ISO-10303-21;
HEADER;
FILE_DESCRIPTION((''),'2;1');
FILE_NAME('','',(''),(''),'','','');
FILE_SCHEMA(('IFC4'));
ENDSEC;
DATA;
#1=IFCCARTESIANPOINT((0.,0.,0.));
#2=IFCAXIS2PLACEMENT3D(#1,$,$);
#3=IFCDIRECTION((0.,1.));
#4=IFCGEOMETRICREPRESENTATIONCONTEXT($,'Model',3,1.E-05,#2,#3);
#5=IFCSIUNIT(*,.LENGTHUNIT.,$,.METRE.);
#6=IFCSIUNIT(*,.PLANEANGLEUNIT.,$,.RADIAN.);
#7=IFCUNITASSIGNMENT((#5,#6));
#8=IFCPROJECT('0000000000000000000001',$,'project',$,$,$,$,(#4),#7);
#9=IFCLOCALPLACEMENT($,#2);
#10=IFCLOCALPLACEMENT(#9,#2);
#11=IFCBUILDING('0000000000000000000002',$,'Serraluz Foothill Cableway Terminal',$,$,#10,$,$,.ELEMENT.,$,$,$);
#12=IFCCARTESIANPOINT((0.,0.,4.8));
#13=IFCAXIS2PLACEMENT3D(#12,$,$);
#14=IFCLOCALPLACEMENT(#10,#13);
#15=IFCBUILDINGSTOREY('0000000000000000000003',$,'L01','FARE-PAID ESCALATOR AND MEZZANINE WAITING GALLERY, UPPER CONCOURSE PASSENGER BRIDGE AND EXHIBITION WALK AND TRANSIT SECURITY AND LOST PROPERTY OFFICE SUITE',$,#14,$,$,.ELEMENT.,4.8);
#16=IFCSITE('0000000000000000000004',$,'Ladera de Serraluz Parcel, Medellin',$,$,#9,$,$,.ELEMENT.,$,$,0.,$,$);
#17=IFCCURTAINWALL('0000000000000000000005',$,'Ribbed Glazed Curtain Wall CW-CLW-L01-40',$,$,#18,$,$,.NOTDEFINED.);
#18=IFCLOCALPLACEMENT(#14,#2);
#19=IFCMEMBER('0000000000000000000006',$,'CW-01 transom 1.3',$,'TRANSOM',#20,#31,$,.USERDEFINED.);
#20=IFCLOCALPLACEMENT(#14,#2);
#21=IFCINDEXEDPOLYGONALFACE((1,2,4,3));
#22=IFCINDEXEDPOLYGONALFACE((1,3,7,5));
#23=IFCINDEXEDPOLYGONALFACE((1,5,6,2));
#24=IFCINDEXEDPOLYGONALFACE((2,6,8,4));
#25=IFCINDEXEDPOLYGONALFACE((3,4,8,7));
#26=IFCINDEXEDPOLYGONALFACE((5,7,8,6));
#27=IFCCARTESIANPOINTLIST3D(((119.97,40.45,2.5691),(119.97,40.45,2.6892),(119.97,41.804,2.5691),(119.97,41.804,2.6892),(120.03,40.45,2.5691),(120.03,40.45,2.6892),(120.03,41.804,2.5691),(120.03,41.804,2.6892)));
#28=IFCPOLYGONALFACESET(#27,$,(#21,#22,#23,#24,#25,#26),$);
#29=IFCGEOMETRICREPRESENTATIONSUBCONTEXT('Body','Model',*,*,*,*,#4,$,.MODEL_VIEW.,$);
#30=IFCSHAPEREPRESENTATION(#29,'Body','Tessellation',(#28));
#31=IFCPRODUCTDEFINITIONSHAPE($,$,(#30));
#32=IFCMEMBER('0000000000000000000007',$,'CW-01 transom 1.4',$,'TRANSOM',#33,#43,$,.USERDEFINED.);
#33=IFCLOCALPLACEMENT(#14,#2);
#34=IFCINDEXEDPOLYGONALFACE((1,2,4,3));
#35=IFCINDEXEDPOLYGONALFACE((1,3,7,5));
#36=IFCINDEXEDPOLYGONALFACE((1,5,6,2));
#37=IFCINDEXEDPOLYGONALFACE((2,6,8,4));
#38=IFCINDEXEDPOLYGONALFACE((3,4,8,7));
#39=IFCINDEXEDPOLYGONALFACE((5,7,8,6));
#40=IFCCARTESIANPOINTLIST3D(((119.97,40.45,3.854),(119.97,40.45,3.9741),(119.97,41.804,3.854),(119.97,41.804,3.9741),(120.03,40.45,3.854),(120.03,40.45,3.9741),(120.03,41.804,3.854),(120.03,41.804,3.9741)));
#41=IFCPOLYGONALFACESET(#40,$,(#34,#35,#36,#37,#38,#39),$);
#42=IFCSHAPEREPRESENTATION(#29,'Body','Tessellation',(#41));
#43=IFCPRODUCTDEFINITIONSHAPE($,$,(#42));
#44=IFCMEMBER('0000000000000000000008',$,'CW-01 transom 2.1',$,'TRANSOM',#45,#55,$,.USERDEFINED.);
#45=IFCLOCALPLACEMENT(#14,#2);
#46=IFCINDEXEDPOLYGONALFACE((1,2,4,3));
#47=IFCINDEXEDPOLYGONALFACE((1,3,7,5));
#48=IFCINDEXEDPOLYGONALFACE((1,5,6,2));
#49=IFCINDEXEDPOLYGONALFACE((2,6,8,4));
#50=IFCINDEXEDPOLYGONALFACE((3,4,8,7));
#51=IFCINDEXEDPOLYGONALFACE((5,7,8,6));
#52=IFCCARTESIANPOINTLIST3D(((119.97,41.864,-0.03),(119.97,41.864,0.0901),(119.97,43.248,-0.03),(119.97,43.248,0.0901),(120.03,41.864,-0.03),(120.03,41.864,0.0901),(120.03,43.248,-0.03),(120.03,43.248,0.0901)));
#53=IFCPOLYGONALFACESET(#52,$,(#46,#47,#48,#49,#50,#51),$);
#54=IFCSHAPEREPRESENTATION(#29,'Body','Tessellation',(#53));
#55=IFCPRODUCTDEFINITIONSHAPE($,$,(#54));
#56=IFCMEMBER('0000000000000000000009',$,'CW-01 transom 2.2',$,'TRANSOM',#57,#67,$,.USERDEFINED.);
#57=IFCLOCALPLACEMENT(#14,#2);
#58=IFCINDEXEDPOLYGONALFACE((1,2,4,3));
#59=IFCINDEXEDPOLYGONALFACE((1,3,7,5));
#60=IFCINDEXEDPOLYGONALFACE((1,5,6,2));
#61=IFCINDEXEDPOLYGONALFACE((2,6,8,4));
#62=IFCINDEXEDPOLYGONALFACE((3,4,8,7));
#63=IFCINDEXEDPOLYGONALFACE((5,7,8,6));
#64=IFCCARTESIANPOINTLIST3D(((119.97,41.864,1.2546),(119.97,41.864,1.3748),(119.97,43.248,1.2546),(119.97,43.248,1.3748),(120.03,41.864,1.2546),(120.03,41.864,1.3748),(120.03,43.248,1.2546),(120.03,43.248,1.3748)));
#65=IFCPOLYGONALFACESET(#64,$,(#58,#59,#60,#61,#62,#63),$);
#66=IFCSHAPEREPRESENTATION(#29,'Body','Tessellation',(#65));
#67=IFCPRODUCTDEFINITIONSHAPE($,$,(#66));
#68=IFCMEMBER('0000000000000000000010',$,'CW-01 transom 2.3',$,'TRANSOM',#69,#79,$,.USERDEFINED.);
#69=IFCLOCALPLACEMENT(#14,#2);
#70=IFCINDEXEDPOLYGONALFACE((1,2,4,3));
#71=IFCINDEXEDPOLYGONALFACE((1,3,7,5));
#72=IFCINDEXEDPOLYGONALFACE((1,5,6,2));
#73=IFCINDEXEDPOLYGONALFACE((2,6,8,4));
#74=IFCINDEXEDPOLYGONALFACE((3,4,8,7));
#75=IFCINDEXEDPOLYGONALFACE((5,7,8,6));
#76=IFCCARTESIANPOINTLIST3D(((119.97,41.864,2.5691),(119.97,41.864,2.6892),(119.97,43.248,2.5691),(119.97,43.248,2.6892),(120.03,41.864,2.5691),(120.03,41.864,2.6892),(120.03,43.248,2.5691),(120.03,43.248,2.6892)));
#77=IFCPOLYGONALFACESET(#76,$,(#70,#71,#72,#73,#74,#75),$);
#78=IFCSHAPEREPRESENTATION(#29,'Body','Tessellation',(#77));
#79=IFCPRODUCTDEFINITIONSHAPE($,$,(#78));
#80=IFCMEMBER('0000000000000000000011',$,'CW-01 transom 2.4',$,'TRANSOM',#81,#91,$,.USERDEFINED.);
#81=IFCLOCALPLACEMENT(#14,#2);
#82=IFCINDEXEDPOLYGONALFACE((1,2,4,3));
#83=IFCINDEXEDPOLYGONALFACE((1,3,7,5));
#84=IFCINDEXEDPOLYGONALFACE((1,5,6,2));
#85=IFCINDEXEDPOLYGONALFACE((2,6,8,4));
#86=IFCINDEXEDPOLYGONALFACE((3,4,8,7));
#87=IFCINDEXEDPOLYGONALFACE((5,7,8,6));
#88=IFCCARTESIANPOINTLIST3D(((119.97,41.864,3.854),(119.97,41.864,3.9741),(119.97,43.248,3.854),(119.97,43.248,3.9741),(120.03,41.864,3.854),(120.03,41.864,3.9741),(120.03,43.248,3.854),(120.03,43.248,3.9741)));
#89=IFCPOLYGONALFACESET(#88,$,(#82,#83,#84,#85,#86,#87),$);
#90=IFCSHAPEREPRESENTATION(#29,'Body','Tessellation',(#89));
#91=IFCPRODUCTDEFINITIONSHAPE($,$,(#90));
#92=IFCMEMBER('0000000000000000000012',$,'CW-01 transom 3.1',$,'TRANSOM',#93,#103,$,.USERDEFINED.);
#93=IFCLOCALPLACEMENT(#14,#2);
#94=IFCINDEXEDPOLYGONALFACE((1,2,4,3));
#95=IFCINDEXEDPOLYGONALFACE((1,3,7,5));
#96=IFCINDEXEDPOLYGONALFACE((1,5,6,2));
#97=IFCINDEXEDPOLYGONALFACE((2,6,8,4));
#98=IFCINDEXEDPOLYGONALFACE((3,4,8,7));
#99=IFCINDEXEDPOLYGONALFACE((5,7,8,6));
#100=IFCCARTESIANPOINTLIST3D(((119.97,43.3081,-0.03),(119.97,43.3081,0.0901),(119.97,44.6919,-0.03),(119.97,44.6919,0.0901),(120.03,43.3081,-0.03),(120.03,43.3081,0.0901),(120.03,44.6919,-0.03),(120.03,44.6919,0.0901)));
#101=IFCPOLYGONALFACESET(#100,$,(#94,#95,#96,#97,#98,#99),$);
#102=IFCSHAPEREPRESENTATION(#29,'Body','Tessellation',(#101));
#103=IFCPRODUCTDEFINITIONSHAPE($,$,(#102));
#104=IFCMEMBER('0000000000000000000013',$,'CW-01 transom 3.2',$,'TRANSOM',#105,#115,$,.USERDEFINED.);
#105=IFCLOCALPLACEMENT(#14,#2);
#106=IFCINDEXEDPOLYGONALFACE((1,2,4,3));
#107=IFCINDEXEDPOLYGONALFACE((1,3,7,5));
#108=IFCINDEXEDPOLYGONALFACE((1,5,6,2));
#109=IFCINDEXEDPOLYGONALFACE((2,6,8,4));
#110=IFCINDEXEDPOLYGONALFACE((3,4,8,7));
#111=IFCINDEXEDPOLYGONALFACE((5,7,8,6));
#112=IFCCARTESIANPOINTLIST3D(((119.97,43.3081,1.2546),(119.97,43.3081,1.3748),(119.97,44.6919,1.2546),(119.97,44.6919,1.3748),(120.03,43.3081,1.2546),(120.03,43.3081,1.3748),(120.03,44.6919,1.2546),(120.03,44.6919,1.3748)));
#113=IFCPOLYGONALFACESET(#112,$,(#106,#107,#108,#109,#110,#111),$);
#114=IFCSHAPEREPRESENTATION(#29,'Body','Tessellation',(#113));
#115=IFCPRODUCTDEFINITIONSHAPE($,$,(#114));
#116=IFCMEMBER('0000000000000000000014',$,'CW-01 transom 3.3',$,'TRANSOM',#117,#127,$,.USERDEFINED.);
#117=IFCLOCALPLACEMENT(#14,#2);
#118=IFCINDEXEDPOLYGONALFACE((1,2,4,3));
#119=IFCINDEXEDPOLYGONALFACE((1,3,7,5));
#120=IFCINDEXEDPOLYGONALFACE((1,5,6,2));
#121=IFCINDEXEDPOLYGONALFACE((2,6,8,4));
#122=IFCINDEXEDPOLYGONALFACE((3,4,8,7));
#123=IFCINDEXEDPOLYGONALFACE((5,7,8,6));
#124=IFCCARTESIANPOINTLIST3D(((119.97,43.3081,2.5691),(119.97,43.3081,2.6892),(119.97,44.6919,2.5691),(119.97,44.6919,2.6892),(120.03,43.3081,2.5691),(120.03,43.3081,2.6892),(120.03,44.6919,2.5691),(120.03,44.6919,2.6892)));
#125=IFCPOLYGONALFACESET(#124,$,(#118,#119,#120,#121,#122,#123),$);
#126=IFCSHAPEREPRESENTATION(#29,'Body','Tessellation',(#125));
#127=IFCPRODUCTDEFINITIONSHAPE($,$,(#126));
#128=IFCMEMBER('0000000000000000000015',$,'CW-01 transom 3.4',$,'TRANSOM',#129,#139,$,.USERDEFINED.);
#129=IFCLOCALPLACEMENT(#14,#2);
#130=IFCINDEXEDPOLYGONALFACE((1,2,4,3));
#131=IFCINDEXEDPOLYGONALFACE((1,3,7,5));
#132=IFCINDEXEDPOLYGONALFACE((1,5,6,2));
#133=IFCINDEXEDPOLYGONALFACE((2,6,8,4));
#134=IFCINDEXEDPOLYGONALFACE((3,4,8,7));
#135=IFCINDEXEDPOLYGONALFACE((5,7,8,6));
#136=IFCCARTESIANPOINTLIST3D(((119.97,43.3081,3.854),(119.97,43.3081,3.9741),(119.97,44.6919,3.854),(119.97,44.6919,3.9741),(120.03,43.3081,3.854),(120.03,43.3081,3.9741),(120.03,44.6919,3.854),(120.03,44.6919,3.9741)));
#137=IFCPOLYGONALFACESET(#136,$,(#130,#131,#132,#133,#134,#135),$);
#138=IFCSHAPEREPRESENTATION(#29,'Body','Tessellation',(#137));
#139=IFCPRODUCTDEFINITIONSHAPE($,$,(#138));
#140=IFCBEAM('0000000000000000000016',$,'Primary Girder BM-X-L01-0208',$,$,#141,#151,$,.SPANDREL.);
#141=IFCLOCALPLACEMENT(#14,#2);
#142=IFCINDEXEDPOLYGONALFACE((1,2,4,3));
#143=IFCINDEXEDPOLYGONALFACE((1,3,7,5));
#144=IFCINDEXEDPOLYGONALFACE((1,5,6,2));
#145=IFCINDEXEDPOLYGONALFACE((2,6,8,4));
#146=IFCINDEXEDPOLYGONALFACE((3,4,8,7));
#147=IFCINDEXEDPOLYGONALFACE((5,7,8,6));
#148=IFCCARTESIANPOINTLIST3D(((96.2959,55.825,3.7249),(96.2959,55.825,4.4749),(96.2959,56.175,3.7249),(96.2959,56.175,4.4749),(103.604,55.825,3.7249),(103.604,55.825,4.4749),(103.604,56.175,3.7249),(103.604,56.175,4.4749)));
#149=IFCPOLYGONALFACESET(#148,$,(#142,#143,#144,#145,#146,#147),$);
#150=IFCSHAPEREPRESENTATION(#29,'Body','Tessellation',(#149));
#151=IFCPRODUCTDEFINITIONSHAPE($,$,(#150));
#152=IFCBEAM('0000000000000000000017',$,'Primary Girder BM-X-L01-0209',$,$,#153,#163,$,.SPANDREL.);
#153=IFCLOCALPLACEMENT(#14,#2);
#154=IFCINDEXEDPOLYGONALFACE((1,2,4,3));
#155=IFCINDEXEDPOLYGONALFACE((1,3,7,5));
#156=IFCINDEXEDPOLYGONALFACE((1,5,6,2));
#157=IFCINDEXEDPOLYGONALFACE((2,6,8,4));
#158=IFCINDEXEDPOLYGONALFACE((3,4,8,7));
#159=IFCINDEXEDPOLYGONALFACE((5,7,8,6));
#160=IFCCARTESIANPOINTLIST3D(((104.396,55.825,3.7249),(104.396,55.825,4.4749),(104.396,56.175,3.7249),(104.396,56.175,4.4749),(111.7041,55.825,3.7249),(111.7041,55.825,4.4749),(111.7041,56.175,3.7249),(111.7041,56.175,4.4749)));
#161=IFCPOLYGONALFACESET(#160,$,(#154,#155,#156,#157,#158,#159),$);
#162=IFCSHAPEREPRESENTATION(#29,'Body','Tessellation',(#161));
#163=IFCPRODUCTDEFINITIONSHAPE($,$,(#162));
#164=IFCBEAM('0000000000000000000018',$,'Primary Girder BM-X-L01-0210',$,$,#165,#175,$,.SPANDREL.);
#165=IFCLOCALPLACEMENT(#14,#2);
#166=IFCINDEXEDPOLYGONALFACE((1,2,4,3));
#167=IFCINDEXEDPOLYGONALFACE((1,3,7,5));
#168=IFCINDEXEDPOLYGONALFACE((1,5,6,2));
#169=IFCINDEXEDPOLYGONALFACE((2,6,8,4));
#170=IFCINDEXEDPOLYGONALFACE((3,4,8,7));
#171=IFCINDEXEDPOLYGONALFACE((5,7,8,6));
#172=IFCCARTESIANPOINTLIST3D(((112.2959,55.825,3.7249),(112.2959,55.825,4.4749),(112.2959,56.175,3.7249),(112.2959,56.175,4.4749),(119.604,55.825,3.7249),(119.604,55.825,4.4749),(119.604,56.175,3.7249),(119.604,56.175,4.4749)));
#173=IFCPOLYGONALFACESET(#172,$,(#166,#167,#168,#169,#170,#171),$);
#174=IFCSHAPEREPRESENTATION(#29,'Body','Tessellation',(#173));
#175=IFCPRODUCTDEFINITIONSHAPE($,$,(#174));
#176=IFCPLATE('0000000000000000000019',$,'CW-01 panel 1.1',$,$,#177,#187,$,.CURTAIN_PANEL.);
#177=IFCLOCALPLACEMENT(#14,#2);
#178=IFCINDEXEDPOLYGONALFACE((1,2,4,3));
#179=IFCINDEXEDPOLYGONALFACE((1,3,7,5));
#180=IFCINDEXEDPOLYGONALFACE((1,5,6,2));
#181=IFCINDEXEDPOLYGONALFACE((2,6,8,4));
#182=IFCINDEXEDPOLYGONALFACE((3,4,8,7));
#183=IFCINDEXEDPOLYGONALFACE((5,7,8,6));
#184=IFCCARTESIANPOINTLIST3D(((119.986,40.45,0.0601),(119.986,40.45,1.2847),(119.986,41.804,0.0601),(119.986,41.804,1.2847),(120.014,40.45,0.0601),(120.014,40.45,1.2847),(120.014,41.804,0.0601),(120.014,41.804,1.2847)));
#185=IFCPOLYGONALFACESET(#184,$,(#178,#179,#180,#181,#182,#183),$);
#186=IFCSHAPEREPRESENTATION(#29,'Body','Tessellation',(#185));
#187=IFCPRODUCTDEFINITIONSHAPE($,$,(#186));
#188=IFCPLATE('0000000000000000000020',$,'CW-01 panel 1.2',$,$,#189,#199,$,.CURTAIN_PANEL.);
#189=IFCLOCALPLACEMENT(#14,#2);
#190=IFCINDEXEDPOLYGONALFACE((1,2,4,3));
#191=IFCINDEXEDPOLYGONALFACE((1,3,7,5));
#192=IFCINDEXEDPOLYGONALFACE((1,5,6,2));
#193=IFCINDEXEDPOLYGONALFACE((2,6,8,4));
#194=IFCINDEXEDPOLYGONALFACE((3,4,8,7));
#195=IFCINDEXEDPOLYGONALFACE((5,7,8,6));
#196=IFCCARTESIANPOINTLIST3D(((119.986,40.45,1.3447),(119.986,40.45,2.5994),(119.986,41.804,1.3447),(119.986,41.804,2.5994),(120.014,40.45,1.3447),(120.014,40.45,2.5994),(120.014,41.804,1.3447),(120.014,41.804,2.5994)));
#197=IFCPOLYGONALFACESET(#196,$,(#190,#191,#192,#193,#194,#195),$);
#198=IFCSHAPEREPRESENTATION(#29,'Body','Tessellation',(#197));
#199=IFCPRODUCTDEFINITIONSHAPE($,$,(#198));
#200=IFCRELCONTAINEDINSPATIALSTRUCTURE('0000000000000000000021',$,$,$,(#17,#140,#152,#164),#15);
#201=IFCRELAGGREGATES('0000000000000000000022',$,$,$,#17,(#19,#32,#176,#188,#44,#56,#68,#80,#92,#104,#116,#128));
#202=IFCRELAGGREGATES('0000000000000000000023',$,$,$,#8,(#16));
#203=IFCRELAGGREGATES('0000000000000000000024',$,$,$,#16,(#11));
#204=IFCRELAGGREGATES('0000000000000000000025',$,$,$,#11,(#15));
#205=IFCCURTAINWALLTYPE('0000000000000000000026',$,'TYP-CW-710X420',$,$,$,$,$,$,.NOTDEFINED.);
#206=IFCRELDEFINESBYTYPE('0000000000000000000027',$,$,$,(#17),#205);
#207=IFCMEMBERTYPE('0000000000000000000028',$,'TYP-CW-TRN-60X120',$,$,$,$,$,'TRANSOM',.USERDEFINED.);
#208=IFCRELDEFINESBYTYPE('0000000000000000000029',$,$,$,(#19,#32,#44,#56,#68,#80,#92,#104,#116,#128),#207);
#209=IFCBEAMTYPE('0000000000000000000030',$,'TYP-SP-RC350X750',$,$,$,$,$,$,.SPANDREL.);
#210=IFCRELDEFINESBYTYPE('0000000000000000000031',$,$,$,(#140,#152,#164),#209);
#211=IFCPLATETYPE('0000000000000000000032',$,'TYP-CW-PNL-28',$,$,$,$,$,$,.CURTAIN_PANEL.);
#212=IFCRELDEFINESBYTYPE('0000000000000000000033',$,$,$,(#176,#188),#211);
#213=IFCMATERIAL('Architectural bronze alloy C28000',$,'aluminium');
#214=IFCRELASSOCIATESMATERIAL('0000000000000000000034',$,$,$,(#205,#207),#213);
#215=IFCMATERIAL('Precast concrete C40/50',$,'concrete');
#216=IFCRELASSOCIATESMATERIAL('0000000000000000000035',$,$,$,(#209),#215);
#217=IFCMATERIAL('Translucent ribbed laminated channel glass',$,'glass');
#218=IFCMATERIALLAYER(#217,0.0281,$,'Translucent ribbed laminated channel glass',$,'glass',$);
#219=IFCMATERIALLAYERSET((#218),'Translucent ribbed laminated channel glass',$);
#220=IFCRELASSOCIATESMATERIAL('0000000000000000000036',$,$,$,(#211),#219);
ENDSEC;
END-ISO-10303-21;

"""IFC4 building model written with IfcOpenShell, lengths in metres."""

from ifc_helpers import new_model, si_unit, direction, frame, origin, origin_2d, place, context, subcontext, project, spatial, rectangle, extrude, material, layer, layer_set, material_profile, profile_set, type_object, element, aggregate, save


model = new_model("IFC4")

# Units and contexts
model_context = context("Model", 3, precision=1e-05, world=origin(), true_north=direction((0.0, 1.0)))
body_context = subcontext(model_context, "Body", "Model", "MODEL_VIEW")
ifc_project = project(units=[si_unit("LENGTHUNIT", "METRE"), si_unit("PLANEANGLEUNIT", "RADIAN")], contexts=[model_context])

# Site, building, storey
site_placement = place(None, origin())
site = spatial("IfcSite", under=ifc_project, at=site_placement, Name="Ladera de Serraluz Parcel, Medellin", CompositionType="ELEMENT", RefElevation=0.0)
building_placement = place(site_placement, origin())
building = spatial("IfcBuilding", under=site, at=building_placement, Name="Serraluz Foothill Cableway Terminal", CompositionType="ELEMENT")
storey_placement = place(building_placement, frame((0.0, 0.0, 4.8)))
storey = spatial("IfcBuildingStorey", under=building, at=storey_placement, Name="L01", Description="FARE-PAID ESCALATOR AND MEZZANINE WAITING GALLERY, UPPER CONCOURSE PASSENGER BRIDGE AND EXHIBITION WALK AND TRANSIT SECURITY AND LOST PROPERTY OFFICE SUITE", CompositionType="ELEMENT", Elevation=4.8)

# Shared definitions
ifc_material_1 = material(Name="Architectural bronze alloy C28000", Category="aluminium")
curtain_wall_type = type_object("IfcCurtainWallType", Name="TYP-CW-710X420", PredefinedType="NOTDEFINED", material=ifc_material_1)

# Curtain wall, members
curtain_wall_1_placement = place(storey_placement, origin())
curtain_wall_1 = element("IfcCurtainWall", 1, at=curtain_wall_1_placement, inside=storey, type_object=curtain_wall_type, Name="Ribbed Glazed Curtain Wall CW-CLW-L01-40", PredefinedType="NOTDEFINED")
ifc_material_profile_1 = material_profile(ifc_material_1, rectangle(XDim=0.0601, YDim=0.1201, at=origin_2d()), Name="ALU TRANSOM 60x120")
ifc_profile_set_1 = profile_set([ifc_material_profile_1], Name="Architectural bronze alloy C28000")
member_type_1 = type_object("IfcMemberType", Name="TYP-CW-TRN-60X120", ElementType="TRANSOM", PredefinedType="USERDEFINED", material=ifc_profile_set_1)
member_1_placement = place(storey_placement, frame((120.0, 40.45, 2.6292), z_axis=(0.0, 1.0, 0.0), x_axis=(-1.0, 0.0, 0.0)))
member_1 = element("IfcMember", 2, at=member_1_placement, type_object=member_type_1, Name="CW-01 transom 1.3", ObjectType="TRANSOM", PredefinedType="USERDEFINED", context=body_context, shape_type="SweptSolid", body=[
    extrude(rectangle(XDim=0.0601, YDim=0.1201, at=origin_2d()), origin(), (0.0, 0.0, 1.0), 1.354),
])
member_2_placement = place(storey_placement, frame((120.0, 40.45, 3.9141), z_axis=(0.0, 1.0, 0.0), x_axis=(-1.0, 0.0, 0.0)))
member_2 = element("IfcMember", 3, at=member_2_placement, type_object=member_type_1, Name="CW-01 transom 1.4", ObjectType="TRANSOM", PredefinedType="USERDEFINED", context=body_context, shape_type="SweptSolid", body=[
    extrude(rectangle(XDim=0.0601, YDim=0.1201, at=origin_2d()), origin(), (0.0, 0.0, 1.0), 1.354),
])
member_3_placement = place(storey_placement, frame((120.0, 41.864, 0.03), z_axis=(0.0, 1.0, 0.0), x_axis=(-1.0, 0.0, 0.0)))
member_3 = element("IfcMember", 4, at=member_3_placement, type_object=member_type_1, Name="CW-01 transom 2.1", ObjectType="TRANSOM", PredefinedType="USERDEFINED", context=body_context, shape_type="SweptSolid", body=[
    extrude(rectangle(XDim=0.0601, YDim=0.1201, at=origin_2d()), origin(), (0.0, 0.0, 1.0), 1.384),
])
member_4_placement = place(storey_placement, frame((120.0, 41.864, 1.3147), z_axis=(0.0, 1.0, 0.0), x_axis=(-1.0, 0.0, 0.0)))
member_4 = element("IfcMember", 5, at=member_4_placement, type_object=member_type_1, Name="CW-01 transom 2.2", ObjectType="TRANSOM", PredefinedType="USERDEFINED", context=body_context, shape_type="SweptSolid", body=[
    extrude(rectangle(XDim=0.0601, YDim=0.1201, at=origin_2d()), origin(), (0.0, 0.0, 1.0), 1.384),
])
member_5_placement = place(storey_placement, frame((120.0, 41.864, 2.6292), z_axis=(0.0, 1.0, 0.0), x_axis=(-1.0, 0.0, 0.0)))
member_5 = element("IfcMember", 6, at=member_5_placement, type_object=member_type_1, Name="CW-01 transom 2.3", ObjectType="TRANSOM", PredefinedType="USERDEFINED", context=body_context, shape_type="SweptSolid", body=[
    extrude(rectangle(XDim=0.0601, YDim=0.1201, at=origin_2d()), origin(), (0.0, 0.0, 1.0), 1.384),
])
member_6_placement = place(storey_placement, frame((120.0, 41.864, 3.9141), z_axis=(0.0, 1.0, 0.0), x_axis=(-1.0, 0.0, 0.0)))
member_6 = element("IfcMember", 7, at=member_6_placement, type_object=member_type_1, Name="CW-01 transom 2.4", ObjectType="TRANSOM", PredefinedType="USERDEFINED", context=body_context, shape_type="SweptSolid", body=[
    extrude(rectangle(XDim=0.0601, YDim=0.1201, at=origin_2d()), origin(), (0.0, 0.0, 1.0), 1.384),
])
member_7_placement = place(storey_placement, frame((120.0, 43.3081, 0.03), z_axis=(0.0, 1.0, 0.0), x_axis=(-1.0, 0.0, 0.0)))
member_7 = element("IfcMember", 8, at=member_7_placement, type_object=member_type_1, Name="CW-01 transom 3.1", ObjectType="TRANSOM", PredefinedType="USERDEFINED", context=body_context, shape_type="SweptSolid", body=[
    extrude(rectangle(XDim=0.0601, YDim=0.1201, at=origin_2d()), origin(), (0.0, 0.0, 1.0), 1.3838),
])
member_8_placement = place(storey_placement, frame((120.0, 43.3081, 1.3147), z_axis=(0.0, 1.0, 0.0), x_axis=(-1.0, 0.0, 0.0)))
member_8 = element("IfcMember", 9, at=member_8_placement, type_object=member_type_1, Name="CW-01 transom 3.2", ObjectType="TRANSOM", PredefinedType="USERDEFINED", context=body_context, shape_type="SweptSolid", body=[
    extrude(rectangle(XDim=0.0601, YDim=0.1201, at=origin_2d()), origin(), (0.0, 0.0, 1.0), 1.3838),
])
member_9_placement = place(storey_placement, frame((120.0, 43.3081, 2.6292), z_axis=(0.0, 1.0, 0.0), x_axis=(-1.0, 0.0, 0.0)))
member_9 = element("IfcMember", 10, at=member_9_placement, type_object=member_type_1, Name="CW-01 transom 3.3", ObjectType="TRANSOM", PredefinedType="USERDEFINED", context=body_context, shape_type="SweptSolid", body=[
    extrude(rectangle(XDim=0.0601, YDim=0.1201, at=origin_2d()), origin(), (0.0, 0.0, 1.0), 1.3838),
])
member_10_placement = place(storey_placement, frame((120.0, 43.3081, 3.9141), z_axis=(0.0, 1.0, 0.0), x_axis=(-1.0, 0.0, 0.0)))
member_10 = element("IfcMember", 11, at=member_10_placement, type_object=member_type_1, Name="CW-01 transom 3.4", ObjectType="TRANSOM", PredefinedType="USERDEFINED", context=body_context, shape_type="SweptSolid", body=[
    extrude(rectangle(XDim=0.0601, YDim=0.1201, at=origin_2d()), origin(), (0.0, 0.0, 1.0), 1.3838),
])

# Beams
ifc_material_2 = material(Name="Precast concrete C40/50", Category="concrete")
ifc_material_profile_2 = material_profile(ifc_material_2, rectangle(XDim=0.3501, YDim=0.75, at=origin_2d()), Name="RC SP 350x750")
ifc_profile_set_2 = profile_set([ifc_material_profile_2], Name="Precast concrete C40/50")
beam_type_1 = type_object("IfcBeamType", Name="TYP-SP-RC350X750", PredefinedType="SPANDREL", material=ifc_profile_set_2)
for number, where, z_axis, x_axis, name in (
    (12, (96.2959, 56.0, 4.0999), (1.0, 0.0, 0.0), (0.0, 1.0, 0.0), "Primary Girder BM-X-L01-0208"),
    (13, (104.396, 56.0, 4.0999), (1.0, 0.0, 0.0), (0.0, 1.0, 0.0), "Primary Girder BM-X-L01-0209"),
    (14, (112.2959, 56.0, 4.0999), (1.0, 0.0, 0.0), (0.0, 1.0, 0.0), "Primary Girder BM-X-L01-0210"),
):
    element("IfcBeam", number, at=place(storey_placement, frame(where, z_axis=z_axis, x_axis=x_axis)), inside=storey, type_object=beam_type_1, Name=name, PredefinedType="SPANDREL", context=body_context, shape_type="SweptSolid", body=[
        extrude(rectangle(XDim=0.3501, YDim=0.75, at=origin_2d()), origin(), (0.0, 0.0, 1.0), 7.3081),
    ])

# Plates
ifc_material_3 = material(Name="Translucent ribbed laminated channel glass", Category="glass")
ifc_layer = layer(ifc_material_3, 0.0281, Name="Translucent ribbed laminated channel glass", Category="glass")
ifc_layer_set = layer_set([ifc_layer], Name="Translucent ribbed laminated channel glass")
plate_type = type_object("IfcPlateType", Name="TYP-CW-PNL-28", PredefinedType="CURTAIN_PANEL", material=ifc_layer_set)
plate_1_placement = place(storey_placement, frame((120.0, 41.127, 0.0601), z_axis=(0.0, 0.0, 1.0), x_axis=(0.0, 1.0, 0.0)))
plate_1 = element("IfcPlate", 15, at=plate_1_placement, type_object=plate_type, Name="CW-01 panel 1.1", PredefinedType="CURTAIN_PANEL", context=body_context, shape_type="SweptSolid", body=[
    extrude(rectangle(XDim=1.354, YDim=0.0281, at=origin_2d()), origin(), (0.0, 0.0, 1.0), 1.2246),
])
plate_2_placement = place(storey_placement, frame((120.0, 41.127, 1.3447), z_axis=(0.0, 0.0, 1.0), x_axis=(0.0, 1.0, 0.0)))
plate_2 = element("IfcPlate", 16, at=plate_2_placement, type_object=plate_type, Name="CW-01 panel 1.2", PredefinedType="CURTAIN_PANEL", context=body_context, shape_type="SweptSolid", body=[
    extrude(rectangle(XDim=1.354, YDim=0.0281, at=origin_2d()), origin(), (0.0, 0.0, 1.0), 1.2546),
])
aggregate(curtain_wall_1, [member_1, member_2, plate_1, plate_2, member_3, member_4, member_5, member_6, member_7, member_8, member_9, member_10])

save(model, "model.ifc")
